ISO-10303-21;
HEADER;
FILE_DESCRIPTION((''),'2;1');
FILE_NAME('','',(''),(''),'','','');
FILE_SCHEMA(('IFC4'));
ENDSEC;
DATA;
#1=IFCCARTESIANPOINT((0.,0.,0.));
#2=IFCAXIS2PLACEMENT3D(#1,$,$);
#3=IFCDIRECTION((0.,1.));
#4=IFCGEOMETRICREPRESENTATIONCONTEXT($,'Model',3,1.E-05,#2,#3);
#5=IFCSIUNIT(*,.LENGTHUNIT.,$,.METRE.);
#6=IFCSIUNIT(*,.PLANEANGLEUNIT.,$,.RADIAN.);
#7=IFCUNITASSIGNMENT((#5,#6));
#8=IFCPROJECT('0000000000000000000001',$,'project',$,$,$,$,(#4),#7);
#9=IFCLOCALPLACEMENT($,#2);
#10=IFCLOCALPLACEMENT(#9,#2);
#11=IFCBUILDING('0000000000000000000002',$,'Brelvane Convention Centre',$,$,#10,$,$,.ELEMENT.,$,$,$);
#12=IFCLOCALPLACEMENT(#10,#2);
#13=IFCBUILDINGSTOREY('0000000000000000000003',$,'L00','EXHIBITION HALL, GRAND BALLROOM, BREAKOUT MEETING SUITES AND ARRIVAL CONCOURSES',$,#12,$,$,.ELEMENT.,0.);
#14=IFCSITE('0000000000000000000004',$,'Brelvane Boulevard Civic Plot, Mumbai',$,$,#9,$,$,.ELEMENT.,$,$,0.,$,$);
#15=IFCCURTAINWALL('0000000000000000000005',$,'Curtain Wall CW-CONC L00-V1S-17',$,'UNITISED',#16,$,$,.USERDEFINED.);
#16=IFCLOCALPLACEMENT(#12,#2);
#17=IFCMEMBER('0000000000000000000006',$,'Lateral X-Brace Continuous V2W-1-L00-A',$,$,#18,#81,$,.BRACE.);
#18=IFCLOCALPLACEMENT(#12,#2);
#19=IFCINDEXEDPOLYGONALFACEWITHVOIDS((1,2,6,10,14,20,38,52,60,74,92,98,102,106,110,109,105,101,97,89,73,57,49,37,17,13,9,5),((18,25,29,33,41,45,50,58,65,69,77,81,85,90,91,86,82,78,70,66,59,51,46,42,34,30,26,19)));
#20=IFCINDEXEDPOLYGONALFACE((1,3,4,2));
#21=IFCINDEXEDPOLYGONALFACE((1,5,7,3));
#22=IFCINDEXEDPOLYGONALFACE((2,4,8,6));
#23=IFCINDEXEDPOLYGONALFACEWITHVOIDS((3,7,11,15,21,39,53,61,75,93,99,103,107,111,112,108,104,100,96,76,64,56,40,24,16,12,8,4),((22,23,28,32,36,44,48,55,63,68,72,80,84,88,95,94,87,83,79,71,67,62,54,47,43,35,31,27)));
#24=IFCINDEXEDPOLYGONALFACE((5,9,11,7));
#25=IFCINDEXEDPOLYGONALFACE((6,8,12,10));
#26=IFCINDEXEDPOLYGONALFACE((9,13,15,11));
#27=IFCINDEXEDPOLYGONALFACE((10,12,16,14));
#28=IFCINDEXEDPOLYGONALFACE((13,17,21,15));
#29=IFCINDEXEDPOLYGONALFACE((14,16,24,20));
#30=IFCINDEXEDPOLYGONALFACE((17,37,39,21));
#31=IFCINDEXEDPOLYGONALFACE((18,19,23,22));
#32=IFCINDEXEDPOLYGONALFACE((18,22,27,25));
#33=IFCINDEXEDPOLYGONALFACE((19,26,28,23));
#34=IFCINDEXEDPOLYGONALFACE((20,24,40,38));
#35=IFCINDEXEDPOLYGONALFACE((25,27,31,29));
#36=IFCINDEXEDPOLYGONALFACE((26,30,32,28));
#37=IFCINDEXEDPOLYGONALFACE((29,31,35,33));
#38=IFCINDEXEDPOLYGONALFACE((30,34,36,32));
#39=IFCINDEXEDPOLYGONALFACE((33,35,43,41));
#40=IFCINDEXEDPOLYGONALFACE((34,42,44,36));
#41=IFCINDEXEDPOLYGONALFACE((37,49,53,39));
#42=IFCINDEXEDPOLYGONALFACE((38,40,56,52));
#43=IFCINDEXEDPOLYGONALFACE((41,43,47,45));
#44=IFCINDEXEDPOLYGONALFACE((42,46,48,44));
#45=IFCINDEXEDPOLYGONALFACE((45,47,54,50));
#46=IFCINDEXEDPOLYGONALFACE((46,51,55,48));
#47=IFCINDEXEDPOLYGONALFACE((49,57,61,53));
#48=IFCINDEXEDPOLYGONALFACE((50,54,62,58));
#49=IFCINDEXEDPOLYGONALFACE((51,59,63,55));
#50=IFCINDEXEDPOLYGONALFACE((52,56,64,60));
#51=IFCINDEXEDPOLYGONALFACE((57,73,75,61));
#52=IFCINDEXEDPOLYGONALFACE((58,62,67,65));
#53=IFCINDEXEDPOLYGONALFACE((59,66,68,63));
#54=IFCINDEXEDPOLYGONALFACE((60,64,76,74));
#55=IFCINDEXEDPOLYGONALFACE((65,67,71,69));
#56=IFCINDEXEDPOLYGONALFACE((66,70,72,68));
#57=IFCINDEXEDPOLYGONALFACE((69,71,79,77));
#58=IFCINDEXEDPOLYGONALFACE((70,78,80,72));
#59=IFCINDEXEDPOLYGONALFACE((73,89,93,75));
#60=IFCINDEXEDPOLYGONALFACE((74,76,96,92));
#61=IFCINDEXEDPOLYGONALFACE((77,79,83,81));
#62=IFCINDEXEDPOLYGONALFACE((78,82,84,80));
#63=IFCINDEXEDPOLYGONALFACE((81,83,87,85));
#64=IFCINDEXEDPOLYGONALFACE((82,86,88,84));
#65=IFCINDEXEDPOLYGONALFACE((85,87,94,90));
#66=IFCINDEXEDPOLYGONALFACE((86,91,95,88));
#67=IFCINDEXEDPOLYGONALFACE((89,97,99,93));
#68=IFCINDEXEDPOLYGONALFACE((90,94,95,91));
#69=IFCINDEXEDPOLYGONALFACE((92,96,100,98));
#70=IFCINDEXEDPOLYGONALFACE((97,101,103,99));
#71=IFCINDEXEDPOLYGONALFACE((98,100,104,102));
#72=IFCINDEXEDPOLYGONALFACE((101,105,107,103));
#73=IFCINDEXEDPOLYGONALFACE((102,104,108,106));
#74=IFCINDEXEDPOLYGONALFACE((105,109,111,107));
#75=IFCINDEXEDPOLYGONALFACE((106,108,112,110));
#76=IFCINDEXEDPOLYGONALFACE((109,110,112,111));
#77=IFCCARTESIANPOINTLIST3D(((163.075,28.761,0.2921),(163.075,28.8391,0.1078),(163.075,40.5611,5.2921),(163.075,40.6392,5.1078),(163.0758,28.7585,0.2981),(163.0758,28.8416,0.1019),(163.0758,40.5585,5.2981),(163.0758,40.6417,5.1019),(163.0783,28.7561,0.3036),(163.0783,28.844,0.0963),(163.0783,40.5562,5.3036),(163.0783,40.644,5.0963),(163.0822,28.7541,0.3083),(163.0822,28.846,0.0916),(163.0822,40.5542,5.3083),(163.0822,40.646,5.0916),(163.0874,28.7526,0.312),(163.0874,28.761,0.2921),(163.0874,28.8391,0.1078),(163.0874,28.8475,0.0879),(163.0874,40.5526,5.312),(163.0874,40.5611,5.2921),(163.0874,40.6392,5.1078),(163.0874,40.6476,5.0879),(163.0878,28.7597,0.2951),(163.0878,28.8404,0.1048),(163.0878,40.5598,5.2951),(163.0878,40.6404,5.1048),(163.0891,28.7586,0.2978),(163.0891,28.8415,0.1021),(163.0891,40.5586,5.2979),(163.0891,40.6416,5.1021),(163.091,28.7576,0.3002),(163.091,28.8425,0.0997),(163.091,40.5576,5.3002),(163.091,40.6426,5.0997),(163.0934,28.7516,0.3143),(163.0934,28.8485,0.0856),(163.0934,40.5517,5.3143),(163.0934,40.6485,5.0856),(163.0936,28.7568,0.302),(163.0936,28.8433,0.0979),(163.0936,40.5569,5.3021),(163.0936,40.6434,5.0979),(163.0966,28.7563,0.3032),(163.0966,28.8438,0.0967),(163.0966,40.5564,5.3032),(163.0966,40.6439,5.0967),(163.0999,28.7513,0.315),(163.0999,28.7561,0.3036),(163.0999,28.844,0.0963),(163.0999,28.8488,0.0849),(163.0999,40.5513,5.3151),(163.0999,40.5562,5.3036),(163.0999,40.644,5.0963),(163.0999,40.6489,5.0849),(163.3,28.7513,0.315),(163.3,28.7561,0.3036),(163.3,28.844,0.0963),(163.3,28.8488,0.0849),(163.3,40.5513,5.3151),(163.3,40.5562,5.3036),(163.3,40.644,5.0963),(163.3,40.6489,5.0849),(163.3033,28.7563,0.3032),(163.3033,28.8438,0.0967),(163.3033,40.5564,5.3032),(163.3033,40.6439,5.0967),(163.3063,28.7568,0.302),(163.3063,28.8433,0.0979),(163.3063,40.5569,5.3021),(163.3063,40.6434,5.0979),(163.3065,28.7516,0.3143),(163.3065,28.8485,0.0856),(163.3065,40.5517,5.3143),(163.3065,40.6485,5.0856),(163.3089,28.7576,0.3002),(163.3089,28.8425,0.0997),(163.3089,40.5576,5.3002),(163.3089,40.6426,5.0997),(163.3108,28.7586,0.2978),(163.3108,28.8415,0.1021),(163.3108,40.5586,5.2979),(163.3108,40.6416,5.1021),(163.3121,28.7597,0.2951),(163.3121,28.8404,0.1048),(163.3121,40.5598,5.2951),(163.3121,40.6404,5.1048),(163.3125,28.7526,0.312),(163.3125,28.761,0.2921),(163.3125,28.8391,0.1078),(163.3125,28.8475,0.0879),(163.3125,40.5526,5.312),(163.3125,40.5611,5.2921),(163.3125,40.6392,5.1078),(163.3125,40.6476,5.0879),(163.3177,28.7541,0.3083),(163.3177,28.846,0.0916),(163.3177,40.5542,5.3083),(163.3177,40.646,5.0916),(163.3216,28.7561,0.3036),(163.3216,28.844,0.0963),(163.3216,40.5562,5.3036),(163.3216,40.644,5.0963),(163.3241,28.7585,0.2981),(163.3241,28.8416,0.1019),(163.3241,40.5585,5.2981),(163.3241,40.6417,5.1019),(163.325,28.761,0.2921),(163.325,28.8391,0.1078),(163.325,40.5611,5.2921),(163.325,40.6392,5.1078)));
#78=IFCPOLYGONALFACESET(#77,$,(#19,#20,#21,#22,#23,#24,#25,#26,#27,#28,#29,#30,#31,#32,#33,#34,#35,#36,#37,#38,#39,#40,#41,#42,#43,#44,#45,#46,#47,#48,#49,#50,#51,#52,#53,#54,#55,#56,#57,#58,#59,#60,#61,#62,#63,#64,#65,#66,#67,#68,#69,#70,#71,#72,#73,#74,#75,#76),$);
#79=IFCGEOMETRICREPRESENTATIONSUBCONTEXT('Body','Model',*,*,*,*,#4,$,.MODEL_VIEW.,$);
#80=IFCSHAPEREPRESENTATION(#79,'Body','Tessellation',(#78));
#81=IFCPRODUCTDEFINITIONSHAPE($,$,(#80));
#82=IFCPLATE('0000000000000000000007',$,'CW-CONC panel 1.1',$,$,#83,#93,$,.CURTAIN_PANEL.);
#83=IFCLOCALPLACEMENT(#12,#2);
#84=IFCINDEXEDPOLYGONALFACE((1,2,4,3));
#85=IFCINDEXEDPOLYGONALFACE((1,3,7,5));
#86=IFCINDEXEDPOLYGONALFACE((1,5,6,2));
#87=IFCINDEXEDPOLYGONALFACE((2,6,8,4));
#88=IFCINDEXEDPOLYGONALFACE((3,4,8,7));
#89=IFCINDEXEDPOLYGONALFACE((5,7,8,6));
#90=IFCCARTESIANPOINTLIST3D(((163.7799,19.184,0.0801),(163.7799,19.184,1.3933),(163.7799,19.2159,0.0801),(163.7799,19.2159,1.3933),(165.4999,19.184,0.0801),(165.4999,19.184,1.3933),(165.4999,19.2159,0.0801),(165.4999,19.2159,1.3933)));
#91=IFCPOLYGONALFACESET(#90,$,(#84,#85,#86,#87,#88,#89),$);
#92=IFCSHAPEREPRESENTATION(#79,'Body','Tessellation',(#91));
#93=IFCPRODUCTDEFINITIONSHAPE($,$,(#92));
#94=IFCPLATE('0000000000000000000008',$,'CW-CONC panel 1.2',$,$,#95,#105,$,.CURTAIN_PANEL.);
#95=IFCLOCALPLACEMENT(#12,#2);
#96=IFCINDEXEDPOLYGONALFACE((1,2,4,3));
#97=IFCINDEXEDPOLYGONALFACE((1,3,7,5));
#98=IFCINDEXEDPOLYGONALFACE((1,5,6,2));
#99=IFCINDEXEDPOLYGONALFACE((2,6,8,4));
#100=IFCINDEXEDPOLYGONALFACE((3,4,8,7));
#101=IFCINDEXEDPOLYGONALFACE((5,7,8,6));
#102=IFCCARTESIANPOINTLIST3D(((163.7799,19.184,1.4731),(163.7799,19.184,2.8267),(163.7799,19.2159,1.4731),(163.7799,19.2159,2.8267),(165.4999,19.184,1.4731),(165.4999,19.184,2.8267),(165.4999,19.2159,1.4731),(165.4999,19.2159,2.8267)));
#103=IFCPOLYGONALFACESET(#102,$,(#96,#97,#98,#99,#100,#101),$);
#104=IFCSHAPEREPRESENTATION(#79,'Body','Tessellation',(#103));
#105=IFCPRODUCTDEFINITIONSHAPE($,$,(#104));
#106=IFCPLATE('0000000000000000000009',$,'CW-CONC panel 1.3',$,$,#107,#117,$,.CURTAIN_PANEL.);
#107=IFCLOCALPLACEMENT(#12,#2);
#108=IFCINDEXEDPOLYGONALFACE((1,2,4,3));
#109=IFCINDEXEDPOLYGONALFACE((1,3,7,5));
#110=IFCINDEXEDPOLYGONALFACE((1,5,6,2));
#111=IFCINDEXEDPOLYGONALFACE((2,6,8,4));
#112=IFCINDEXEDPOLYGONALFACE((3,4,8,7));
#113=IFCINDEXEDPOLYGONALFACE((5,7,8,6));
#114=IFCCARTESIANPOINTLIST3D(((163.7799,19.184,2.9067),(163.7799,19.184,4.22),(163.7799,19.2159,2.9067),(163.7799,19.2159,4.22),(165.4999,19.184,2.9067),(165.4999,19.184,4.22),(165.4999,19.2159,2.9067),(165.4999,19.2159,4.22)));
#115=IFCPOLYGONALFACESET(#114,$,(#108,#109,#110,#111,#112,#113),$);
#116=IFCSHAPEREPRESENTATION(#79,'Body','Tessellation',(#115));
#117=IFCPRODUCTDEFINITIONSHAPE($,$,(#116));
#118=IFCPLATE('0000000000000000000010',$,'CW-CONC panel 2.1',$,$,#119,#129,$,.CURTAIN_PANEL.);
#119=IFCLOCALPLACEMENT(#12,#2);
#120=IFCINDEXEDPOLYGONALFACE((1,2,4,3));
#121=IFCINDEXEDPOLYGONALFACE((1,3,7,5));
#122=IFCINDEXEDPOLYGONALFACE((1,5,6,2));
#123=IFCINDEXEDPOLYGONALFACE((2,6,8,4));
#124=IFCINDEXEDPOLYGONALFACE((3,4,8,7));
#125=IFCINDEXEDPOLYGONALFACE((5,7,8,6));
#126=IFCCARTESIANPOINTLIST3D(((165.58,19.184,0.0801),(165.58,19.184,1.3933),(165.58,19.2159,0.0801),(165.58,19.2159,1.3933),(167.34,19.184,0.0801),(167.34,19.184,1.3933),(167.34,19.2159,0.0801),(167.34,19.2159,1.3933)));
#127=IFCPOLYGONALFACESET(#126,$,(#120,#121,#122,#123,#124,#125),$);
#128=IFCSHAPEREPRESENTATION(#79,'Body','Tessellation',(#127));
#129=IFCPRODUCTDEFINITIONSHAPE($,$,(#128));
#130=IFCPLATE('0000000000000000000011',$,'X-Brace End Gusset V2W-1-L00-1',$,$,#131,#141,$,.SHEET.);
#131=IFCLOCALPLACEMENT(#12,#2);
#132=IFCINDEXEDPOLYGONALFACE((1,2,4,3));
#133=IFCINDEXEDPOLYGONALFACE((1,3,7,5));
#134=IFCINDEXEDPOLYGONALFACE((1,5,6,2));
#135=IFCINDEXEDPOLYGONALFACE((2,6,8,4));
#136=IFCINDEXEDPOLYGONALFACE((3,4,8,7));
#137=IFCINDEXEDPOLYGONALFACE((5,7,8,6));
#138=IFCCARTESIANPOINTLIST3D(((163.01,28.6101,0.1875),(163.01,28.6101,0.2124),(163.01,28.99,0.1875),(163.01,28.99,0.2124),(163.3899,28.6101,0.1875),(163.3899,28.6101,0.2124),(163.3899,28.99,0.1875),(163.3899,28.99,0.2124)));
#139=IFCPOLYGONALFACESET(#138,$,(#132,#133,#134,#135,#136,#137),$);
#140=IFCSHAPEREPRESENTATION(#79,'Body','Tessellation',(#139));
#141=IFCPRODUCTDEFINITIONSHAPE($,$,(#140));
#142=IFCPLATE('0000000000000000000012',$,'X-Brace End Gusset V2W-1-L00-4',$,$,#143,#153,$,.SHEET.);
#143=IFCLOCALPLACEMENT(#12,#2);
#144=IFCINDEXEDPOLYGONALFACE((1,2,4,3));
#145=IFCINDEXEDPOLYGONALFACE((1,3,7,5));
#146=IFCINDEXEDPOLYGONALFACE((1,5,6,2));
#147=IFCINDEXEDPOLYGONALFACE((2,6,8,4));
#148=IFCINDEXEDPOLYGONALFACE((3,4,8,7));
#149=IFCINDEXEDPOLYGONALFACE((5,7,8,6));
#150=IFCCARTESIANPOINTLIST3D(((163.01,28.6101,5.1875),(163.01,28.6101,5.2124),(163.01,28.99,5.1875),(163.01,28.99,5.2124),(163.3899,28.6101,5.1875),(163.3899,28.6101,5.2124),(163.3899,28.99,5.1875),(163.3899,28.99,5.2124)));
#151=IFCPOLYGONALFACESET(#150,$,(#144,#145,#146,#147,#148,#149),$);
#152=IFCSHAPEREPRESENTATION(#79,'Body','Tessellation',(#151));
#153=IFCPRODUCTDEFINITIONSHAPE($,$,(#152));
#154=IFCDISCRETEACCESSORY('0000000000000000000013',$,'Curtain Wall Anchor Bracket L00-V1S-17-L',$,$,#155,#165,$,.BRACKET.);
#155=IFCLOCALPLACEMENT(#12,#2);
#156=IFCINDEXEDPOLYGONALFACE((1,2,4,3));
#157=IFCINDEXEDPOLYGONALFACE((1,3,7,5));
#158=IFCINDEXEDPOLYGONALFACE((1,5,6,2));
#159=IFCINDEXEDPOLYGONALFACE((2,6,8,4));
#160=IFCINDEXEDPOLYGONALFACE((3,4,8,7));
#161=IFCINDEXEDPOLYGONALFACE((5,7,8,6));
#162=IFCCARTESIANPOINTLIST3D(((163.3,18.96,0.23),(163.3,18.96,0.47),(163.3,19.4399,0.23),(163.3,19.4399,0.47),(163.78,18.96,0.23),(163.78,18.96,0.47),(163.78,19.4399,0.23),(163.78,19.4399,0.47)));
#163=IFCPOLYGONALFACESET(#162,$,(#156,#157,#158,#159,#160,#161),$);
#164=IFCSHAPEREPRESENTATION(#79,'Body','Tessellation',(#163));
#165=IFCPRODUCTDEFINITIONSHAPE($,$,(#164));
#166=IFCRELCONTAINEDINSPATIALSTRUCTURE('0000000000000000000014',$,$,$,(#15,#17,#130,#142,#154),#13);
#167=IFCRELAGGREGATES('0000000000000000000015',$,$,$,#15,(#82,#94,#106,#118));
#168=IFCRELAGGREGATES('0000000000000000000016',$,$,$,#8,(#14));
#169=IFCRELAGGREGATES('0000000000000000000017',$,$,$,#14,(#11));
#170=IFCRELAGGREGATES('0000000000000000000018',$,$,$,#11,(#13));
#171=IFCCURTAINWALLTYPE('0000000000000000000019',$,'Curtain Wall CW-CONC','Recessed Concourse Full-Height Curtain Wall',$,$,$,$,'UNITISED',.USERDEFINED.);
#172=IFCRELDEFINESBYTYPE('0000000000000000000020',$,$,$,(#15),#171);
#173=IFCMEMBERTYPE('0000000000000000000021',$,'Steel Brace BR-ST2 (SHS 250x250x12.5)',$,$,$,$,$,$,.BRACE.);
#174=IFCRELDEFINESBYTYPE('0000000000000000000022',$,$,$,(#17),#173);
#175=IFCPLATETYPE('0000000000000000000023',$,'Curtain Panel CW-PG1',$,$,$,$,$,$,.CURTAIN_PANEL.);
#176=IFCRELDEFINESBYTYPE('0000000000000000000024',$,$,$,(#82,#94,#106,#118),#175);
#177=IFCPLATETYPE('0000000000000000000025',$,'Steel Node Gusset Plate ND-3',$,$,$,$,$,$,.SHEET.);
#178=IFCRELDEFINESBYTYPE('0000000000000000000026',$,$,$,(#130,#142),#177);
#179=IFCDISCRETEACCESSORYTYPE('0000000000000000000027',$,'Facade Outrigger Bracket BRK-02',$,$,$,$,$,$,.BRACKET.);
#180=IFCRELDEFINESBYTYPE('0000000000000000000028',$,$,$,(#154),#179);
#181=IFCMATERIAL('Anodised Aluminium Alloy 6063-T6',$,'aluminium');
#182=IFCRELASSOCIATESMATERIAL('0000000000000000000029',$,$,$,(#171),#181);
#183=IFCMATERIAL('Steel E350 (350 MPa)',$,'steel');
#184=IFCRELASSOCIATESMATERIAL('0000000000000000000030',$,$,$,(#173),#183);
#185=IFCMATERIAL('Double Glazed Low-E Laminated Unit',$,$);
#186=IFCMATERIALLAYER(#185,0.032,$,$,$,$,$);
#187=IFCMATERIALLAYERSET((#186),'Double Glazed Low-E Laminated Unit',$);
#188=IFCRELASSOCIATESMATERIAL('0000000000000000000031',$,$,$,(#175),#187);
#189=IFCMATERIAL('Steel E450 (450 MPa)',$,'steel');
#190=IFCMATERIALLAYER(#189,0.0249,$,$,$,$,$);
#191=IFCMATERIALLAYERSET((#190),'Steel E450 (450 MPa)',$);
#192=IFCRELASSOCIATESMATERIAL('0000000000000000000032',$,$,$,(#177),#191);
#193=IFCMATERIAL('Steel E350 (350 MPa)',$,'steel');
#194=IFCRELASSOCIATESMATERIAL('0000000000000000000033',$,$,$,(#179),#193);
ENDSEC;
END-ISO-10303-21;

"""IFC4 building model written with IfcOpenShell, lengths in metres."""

from ifc_helpers import new_model, si_unit, direction, frame, origin, origin_2d, place, context, subcontext, project, spatial, rectangle, hollow_rectangle, extrude, material, layer, layer_set, material_profile, profile_set, type_object, element, aggregate, save


model = new_model("IFC4")

# Units and contexts
model_context = context("Model", 3, precision=1e-05, world=origin(), true_north=direction((0.0, 1.0)))
body_context = subcontext(model_context, "Body", "Model", "MODEL_VIEW")
ifc_project = project(units=[si_unit("LENGTHUNIT", "METRE"), si_unit("PLANEANGLEUNIT", "RADIAN")], contexts=[model_context])

# Site, building, storey
site_placement = place(None, origin())
site = spatial("IfcSite", under=ifc_project, at=site_placement, Name="Brelvane Boulevard Civic Plot, Mumbai", CompositionType="ELEMENT", RefElevation=0.0)
building_placement = place(site_placement, origin())
building = spatial("IfcBuilding", under=site, at=building_placement, Name="Brelvane Convention Centre", CompositionType="ELEMENT")
storey_placement = place(building_placement, origin())
storey = spatial("IfcBuildingStorey", under=building, at=storey_placement, Name="L00", Description="EXHIBITION HALL, GRAND BALLROOM, BREAKOUT MEETING SUITES AND ARRIVAL CONCOURSES", CompositionType="ELEMENT", Elevation=0.0)

# Curtain wall
ifc_material_1 = material(Name="Anodised Aluminium Alloy 6063-T6", Category="aluminium")
curtain_wall_type = type_object("IfcCurtainWallType", Name="Curtain Wall CW-CONC", Description="Recessed Concourse Full-Height Curtain Wall", ElementType="UNITISED", PredefinedType="USERDEFINED", material=ifc_material_1)
curtain_wall_placement = place(storey_placement, origin())
curtain_wall = element("IfcCurtainWall", 1, at=curtain_wall_placement, inside=storey, type_object=curtain_wall_type, Name="Curtain Wall CW-CONC L00-V1S-17", ObjectType="UNITISED", PredefinedType="USERDEFINED")

# Member
ifc_material_2 = material(Name="Steel E350 (350 MPa)", Category="steel")
ifc_material_profile_1 = material_profile(ifc_material_2, hollow_rectangle(XDim=0.25, YDim=0.25, WallThickness=0.0125, InnerFilletRadius=0.0125, OuterFilletRadius=0.0249, at=origin_2d()), Name="SHS 250x250x12.5")
ifc_profile_set_1 = profile_set([ifc_material_profile_1], Name="Steel E350 (350 MPa)")
member_type_1 = type_object("IfcMemberType", Name="Steel Brace BR-ST2 (SHS 250x250x12.5)", PredefinedType="BRACE", material=ifc_profile_set_1)
member_1_placement = place(storey_placement, frame((163.2, 28.8, 0.2), z_axis=(0.0, 0.920752, 0.390148), x_axis=(-1.0, 0.0, 0.0)))
element("IfcMember", 2, at=member_1_placement, inside=storey, type_object=member_type_1, Name="Lateral X-Brace Continuous V2W-1-L00-A", PredefinedType="BRACE", context=body_context, shape_type="SweptSolid", body=[
    extrude(hollow_rectangle(XDim=0.25, YDim=0.25, WallThickness=0.0125, InnerFilletRadius=0.0125, OuterFilletRadius=0.0249, at=origin_2d()), origin(), (0.0, 0.0, 1.0), 12.8157),
])

# Plates
ifc_material_3 = material(Name="Double Glazed Low-E Laminated Unit")
ifc_layer_1 = layer(ifc_material_3, 0.032)
ifc_layer_set_1 = layer_set([ifc_layer_1], Name="Double Glazed Low-E Laminated Unit")
plate_type_1 = type_object("IfcPlateType", Name="Curtain Panel CW-PG1", PredefinedType="CURTAIN_PANEL", material=ifc_layer_set_1)
plate_1_placement = place(storey_placement, frame((164.6399, 19.2, 0.0801), z_axis=(0.0, 0.0, 1.0), x_axis=(1.0, 0.0, 0.0)))
plate_1 = element("IfcPlate", 3, at=plate_1_placement, type_object=plate_type_1, Name="CW-CONC panel 1.1", PredefinedType="CURTAIN_PANEL", context=body_context, shape_type="SweptSolid", body=[
    extrude(rectangle(XDim=1.72, YDim=0.032, at=origin_2d()), origin(), (0.0, 0.0, 1.0), 1.3132),
])
plate_2_placement = place(storey_placement, frame((164.6399, 19.2, 1.4731), z_axis=(0.0, 0.0, 1.0), x_axis=(1.0, 0.0, 0.0)))
plate_2 = element("IfcPlate", 4, at=plate_2_placement, type_object=plate_type_1, Name="CW-CONC panel 1.2", PredefinedType="CURTAIN_PANEL", context=body_context, shape_type="SweptSolid", body=[
    extrude(rectangle(XDim=1.72, YDim=0.032, at=origin_2d()), origin(), (0.0, 0.0, 1.0), 1.3535),
])
plate_3_placement = place(storey_placement, frame((164.6399, 19.2, 2.9067), z_axis=(0.0, 0.0, 1.0), x_axis=(1.0, 0.0, 0.0)))
plate_3 = element("IfcPlate", 5, at=plate_3_placement, type_object=plate_type_1, Name="CW-CONC panel 1.3", PredefinedType="CURTAIN_PANEL", context=body_context, shape_type="SweptSolid", body=[
    extrude(rectangle(XDim=1.72, YDim=0.032, at=origin_2d()), origin(), (0.0, 0.0, 1.0), 1.3132),
])
plate_4_placement = place(storey_placement, frame((166.46, 19.2, 0.0801), z_axis=(0.0, 0.0, 1.0), x_axis=(1.0, 0.0, 0.0)))
plate_4 = element("IfcPlate", 6, at=plate_4_placement, type_object=plate_type_1, Name="CW-CONC panel 2.1", PredefinedType="CURTAIN_PANEL", context=body_context, shape_type="SweptSolid", body=[
    extrude(rectangle(XDim=1.76, YDim=0.032, at=origin_2d()), origin(), (0.0, 0.0, 1.0), 1.3132),
])
aggregate(curtain_wall, [plate_1, plate_2, plate_3, plate_4])

# Plates
ifc_material_4 = material(Name="Steel E450 (450 MPa)", Category="steel")
ifc_layer_2 = layer(ifc_material_4, 0.0249)
ifc_layer_set_2 = layer_set([ifc_layer_2], Name="Steel E450 (450 MPa)")
plate_type_2 = type_object("IfcPlateType", Name="Steel Node Gusset Plate ND-3", PredefinedType="SHEET", material=ifc_layer_set_2)
for number, where, z_axis, x_axis, name in (
    (7, (163.2, 28.8, 0.1875), (0.0, 0.0, 1.0), (1.0, 0.0, 0.0), "X-Brace End Gusset V2W-1-L00-1"),
    (8, (163.2, 28.8, 5.1875), (0.0, 0.0, 1.0), (1.0, 0.0, 0.0), "X-Brace End Gusset V2W-1-L00-4"),
):
    element("IfcPlate", number, at=place(storey_placement, frame(where, z_axis=z_axis, x_axis=x_axis)), inside=storey, type_object=plate_type_2, Name=name, PredefinedType="SHEET", context=body_context, shape_type="SweptSolid", body=[
        extrude(rectangle(XDim=0.3799, YDim=0.3799, at=origin_2d()), origin(), (0.0, 0.0, 1.0), 0.0249),
    ])

# Discrete accessory
ifc_material_5 = material(Name="Steel E350 (350 MPa)", Category="steel")
discrete_accessory_type = type_object("IfcDiscreteAccessoryType", Name="Facade Outrigger Bracket BRK-02", PredefinedType="BRACKET", material=ifc_material_5)
discrete_accessory_placement = place(storey_placement, frame((163.54, 19.2, 0.23), z_axis=(0.0, 0.0, 1.0), x_axis=(1.0, 0.0, 0.0)))
element("IfcDiscreteAccessory", 9, at=discrete_accessory_placement, inside=storey, type_object=discrete_accessory_type, Name="Curtain Wall Anchor Bracket L00-V1S-17-L", PredefinedType="BRACKET", context=body_context, shape_type="SweptSolid", body=[
    extrude(rectangle(XDim=0.48, YDim=0.48, at=origin_2d()), origin(), (0.0, 0.0, 1.0), 0.24),
])

save(model, "model.ifc")
